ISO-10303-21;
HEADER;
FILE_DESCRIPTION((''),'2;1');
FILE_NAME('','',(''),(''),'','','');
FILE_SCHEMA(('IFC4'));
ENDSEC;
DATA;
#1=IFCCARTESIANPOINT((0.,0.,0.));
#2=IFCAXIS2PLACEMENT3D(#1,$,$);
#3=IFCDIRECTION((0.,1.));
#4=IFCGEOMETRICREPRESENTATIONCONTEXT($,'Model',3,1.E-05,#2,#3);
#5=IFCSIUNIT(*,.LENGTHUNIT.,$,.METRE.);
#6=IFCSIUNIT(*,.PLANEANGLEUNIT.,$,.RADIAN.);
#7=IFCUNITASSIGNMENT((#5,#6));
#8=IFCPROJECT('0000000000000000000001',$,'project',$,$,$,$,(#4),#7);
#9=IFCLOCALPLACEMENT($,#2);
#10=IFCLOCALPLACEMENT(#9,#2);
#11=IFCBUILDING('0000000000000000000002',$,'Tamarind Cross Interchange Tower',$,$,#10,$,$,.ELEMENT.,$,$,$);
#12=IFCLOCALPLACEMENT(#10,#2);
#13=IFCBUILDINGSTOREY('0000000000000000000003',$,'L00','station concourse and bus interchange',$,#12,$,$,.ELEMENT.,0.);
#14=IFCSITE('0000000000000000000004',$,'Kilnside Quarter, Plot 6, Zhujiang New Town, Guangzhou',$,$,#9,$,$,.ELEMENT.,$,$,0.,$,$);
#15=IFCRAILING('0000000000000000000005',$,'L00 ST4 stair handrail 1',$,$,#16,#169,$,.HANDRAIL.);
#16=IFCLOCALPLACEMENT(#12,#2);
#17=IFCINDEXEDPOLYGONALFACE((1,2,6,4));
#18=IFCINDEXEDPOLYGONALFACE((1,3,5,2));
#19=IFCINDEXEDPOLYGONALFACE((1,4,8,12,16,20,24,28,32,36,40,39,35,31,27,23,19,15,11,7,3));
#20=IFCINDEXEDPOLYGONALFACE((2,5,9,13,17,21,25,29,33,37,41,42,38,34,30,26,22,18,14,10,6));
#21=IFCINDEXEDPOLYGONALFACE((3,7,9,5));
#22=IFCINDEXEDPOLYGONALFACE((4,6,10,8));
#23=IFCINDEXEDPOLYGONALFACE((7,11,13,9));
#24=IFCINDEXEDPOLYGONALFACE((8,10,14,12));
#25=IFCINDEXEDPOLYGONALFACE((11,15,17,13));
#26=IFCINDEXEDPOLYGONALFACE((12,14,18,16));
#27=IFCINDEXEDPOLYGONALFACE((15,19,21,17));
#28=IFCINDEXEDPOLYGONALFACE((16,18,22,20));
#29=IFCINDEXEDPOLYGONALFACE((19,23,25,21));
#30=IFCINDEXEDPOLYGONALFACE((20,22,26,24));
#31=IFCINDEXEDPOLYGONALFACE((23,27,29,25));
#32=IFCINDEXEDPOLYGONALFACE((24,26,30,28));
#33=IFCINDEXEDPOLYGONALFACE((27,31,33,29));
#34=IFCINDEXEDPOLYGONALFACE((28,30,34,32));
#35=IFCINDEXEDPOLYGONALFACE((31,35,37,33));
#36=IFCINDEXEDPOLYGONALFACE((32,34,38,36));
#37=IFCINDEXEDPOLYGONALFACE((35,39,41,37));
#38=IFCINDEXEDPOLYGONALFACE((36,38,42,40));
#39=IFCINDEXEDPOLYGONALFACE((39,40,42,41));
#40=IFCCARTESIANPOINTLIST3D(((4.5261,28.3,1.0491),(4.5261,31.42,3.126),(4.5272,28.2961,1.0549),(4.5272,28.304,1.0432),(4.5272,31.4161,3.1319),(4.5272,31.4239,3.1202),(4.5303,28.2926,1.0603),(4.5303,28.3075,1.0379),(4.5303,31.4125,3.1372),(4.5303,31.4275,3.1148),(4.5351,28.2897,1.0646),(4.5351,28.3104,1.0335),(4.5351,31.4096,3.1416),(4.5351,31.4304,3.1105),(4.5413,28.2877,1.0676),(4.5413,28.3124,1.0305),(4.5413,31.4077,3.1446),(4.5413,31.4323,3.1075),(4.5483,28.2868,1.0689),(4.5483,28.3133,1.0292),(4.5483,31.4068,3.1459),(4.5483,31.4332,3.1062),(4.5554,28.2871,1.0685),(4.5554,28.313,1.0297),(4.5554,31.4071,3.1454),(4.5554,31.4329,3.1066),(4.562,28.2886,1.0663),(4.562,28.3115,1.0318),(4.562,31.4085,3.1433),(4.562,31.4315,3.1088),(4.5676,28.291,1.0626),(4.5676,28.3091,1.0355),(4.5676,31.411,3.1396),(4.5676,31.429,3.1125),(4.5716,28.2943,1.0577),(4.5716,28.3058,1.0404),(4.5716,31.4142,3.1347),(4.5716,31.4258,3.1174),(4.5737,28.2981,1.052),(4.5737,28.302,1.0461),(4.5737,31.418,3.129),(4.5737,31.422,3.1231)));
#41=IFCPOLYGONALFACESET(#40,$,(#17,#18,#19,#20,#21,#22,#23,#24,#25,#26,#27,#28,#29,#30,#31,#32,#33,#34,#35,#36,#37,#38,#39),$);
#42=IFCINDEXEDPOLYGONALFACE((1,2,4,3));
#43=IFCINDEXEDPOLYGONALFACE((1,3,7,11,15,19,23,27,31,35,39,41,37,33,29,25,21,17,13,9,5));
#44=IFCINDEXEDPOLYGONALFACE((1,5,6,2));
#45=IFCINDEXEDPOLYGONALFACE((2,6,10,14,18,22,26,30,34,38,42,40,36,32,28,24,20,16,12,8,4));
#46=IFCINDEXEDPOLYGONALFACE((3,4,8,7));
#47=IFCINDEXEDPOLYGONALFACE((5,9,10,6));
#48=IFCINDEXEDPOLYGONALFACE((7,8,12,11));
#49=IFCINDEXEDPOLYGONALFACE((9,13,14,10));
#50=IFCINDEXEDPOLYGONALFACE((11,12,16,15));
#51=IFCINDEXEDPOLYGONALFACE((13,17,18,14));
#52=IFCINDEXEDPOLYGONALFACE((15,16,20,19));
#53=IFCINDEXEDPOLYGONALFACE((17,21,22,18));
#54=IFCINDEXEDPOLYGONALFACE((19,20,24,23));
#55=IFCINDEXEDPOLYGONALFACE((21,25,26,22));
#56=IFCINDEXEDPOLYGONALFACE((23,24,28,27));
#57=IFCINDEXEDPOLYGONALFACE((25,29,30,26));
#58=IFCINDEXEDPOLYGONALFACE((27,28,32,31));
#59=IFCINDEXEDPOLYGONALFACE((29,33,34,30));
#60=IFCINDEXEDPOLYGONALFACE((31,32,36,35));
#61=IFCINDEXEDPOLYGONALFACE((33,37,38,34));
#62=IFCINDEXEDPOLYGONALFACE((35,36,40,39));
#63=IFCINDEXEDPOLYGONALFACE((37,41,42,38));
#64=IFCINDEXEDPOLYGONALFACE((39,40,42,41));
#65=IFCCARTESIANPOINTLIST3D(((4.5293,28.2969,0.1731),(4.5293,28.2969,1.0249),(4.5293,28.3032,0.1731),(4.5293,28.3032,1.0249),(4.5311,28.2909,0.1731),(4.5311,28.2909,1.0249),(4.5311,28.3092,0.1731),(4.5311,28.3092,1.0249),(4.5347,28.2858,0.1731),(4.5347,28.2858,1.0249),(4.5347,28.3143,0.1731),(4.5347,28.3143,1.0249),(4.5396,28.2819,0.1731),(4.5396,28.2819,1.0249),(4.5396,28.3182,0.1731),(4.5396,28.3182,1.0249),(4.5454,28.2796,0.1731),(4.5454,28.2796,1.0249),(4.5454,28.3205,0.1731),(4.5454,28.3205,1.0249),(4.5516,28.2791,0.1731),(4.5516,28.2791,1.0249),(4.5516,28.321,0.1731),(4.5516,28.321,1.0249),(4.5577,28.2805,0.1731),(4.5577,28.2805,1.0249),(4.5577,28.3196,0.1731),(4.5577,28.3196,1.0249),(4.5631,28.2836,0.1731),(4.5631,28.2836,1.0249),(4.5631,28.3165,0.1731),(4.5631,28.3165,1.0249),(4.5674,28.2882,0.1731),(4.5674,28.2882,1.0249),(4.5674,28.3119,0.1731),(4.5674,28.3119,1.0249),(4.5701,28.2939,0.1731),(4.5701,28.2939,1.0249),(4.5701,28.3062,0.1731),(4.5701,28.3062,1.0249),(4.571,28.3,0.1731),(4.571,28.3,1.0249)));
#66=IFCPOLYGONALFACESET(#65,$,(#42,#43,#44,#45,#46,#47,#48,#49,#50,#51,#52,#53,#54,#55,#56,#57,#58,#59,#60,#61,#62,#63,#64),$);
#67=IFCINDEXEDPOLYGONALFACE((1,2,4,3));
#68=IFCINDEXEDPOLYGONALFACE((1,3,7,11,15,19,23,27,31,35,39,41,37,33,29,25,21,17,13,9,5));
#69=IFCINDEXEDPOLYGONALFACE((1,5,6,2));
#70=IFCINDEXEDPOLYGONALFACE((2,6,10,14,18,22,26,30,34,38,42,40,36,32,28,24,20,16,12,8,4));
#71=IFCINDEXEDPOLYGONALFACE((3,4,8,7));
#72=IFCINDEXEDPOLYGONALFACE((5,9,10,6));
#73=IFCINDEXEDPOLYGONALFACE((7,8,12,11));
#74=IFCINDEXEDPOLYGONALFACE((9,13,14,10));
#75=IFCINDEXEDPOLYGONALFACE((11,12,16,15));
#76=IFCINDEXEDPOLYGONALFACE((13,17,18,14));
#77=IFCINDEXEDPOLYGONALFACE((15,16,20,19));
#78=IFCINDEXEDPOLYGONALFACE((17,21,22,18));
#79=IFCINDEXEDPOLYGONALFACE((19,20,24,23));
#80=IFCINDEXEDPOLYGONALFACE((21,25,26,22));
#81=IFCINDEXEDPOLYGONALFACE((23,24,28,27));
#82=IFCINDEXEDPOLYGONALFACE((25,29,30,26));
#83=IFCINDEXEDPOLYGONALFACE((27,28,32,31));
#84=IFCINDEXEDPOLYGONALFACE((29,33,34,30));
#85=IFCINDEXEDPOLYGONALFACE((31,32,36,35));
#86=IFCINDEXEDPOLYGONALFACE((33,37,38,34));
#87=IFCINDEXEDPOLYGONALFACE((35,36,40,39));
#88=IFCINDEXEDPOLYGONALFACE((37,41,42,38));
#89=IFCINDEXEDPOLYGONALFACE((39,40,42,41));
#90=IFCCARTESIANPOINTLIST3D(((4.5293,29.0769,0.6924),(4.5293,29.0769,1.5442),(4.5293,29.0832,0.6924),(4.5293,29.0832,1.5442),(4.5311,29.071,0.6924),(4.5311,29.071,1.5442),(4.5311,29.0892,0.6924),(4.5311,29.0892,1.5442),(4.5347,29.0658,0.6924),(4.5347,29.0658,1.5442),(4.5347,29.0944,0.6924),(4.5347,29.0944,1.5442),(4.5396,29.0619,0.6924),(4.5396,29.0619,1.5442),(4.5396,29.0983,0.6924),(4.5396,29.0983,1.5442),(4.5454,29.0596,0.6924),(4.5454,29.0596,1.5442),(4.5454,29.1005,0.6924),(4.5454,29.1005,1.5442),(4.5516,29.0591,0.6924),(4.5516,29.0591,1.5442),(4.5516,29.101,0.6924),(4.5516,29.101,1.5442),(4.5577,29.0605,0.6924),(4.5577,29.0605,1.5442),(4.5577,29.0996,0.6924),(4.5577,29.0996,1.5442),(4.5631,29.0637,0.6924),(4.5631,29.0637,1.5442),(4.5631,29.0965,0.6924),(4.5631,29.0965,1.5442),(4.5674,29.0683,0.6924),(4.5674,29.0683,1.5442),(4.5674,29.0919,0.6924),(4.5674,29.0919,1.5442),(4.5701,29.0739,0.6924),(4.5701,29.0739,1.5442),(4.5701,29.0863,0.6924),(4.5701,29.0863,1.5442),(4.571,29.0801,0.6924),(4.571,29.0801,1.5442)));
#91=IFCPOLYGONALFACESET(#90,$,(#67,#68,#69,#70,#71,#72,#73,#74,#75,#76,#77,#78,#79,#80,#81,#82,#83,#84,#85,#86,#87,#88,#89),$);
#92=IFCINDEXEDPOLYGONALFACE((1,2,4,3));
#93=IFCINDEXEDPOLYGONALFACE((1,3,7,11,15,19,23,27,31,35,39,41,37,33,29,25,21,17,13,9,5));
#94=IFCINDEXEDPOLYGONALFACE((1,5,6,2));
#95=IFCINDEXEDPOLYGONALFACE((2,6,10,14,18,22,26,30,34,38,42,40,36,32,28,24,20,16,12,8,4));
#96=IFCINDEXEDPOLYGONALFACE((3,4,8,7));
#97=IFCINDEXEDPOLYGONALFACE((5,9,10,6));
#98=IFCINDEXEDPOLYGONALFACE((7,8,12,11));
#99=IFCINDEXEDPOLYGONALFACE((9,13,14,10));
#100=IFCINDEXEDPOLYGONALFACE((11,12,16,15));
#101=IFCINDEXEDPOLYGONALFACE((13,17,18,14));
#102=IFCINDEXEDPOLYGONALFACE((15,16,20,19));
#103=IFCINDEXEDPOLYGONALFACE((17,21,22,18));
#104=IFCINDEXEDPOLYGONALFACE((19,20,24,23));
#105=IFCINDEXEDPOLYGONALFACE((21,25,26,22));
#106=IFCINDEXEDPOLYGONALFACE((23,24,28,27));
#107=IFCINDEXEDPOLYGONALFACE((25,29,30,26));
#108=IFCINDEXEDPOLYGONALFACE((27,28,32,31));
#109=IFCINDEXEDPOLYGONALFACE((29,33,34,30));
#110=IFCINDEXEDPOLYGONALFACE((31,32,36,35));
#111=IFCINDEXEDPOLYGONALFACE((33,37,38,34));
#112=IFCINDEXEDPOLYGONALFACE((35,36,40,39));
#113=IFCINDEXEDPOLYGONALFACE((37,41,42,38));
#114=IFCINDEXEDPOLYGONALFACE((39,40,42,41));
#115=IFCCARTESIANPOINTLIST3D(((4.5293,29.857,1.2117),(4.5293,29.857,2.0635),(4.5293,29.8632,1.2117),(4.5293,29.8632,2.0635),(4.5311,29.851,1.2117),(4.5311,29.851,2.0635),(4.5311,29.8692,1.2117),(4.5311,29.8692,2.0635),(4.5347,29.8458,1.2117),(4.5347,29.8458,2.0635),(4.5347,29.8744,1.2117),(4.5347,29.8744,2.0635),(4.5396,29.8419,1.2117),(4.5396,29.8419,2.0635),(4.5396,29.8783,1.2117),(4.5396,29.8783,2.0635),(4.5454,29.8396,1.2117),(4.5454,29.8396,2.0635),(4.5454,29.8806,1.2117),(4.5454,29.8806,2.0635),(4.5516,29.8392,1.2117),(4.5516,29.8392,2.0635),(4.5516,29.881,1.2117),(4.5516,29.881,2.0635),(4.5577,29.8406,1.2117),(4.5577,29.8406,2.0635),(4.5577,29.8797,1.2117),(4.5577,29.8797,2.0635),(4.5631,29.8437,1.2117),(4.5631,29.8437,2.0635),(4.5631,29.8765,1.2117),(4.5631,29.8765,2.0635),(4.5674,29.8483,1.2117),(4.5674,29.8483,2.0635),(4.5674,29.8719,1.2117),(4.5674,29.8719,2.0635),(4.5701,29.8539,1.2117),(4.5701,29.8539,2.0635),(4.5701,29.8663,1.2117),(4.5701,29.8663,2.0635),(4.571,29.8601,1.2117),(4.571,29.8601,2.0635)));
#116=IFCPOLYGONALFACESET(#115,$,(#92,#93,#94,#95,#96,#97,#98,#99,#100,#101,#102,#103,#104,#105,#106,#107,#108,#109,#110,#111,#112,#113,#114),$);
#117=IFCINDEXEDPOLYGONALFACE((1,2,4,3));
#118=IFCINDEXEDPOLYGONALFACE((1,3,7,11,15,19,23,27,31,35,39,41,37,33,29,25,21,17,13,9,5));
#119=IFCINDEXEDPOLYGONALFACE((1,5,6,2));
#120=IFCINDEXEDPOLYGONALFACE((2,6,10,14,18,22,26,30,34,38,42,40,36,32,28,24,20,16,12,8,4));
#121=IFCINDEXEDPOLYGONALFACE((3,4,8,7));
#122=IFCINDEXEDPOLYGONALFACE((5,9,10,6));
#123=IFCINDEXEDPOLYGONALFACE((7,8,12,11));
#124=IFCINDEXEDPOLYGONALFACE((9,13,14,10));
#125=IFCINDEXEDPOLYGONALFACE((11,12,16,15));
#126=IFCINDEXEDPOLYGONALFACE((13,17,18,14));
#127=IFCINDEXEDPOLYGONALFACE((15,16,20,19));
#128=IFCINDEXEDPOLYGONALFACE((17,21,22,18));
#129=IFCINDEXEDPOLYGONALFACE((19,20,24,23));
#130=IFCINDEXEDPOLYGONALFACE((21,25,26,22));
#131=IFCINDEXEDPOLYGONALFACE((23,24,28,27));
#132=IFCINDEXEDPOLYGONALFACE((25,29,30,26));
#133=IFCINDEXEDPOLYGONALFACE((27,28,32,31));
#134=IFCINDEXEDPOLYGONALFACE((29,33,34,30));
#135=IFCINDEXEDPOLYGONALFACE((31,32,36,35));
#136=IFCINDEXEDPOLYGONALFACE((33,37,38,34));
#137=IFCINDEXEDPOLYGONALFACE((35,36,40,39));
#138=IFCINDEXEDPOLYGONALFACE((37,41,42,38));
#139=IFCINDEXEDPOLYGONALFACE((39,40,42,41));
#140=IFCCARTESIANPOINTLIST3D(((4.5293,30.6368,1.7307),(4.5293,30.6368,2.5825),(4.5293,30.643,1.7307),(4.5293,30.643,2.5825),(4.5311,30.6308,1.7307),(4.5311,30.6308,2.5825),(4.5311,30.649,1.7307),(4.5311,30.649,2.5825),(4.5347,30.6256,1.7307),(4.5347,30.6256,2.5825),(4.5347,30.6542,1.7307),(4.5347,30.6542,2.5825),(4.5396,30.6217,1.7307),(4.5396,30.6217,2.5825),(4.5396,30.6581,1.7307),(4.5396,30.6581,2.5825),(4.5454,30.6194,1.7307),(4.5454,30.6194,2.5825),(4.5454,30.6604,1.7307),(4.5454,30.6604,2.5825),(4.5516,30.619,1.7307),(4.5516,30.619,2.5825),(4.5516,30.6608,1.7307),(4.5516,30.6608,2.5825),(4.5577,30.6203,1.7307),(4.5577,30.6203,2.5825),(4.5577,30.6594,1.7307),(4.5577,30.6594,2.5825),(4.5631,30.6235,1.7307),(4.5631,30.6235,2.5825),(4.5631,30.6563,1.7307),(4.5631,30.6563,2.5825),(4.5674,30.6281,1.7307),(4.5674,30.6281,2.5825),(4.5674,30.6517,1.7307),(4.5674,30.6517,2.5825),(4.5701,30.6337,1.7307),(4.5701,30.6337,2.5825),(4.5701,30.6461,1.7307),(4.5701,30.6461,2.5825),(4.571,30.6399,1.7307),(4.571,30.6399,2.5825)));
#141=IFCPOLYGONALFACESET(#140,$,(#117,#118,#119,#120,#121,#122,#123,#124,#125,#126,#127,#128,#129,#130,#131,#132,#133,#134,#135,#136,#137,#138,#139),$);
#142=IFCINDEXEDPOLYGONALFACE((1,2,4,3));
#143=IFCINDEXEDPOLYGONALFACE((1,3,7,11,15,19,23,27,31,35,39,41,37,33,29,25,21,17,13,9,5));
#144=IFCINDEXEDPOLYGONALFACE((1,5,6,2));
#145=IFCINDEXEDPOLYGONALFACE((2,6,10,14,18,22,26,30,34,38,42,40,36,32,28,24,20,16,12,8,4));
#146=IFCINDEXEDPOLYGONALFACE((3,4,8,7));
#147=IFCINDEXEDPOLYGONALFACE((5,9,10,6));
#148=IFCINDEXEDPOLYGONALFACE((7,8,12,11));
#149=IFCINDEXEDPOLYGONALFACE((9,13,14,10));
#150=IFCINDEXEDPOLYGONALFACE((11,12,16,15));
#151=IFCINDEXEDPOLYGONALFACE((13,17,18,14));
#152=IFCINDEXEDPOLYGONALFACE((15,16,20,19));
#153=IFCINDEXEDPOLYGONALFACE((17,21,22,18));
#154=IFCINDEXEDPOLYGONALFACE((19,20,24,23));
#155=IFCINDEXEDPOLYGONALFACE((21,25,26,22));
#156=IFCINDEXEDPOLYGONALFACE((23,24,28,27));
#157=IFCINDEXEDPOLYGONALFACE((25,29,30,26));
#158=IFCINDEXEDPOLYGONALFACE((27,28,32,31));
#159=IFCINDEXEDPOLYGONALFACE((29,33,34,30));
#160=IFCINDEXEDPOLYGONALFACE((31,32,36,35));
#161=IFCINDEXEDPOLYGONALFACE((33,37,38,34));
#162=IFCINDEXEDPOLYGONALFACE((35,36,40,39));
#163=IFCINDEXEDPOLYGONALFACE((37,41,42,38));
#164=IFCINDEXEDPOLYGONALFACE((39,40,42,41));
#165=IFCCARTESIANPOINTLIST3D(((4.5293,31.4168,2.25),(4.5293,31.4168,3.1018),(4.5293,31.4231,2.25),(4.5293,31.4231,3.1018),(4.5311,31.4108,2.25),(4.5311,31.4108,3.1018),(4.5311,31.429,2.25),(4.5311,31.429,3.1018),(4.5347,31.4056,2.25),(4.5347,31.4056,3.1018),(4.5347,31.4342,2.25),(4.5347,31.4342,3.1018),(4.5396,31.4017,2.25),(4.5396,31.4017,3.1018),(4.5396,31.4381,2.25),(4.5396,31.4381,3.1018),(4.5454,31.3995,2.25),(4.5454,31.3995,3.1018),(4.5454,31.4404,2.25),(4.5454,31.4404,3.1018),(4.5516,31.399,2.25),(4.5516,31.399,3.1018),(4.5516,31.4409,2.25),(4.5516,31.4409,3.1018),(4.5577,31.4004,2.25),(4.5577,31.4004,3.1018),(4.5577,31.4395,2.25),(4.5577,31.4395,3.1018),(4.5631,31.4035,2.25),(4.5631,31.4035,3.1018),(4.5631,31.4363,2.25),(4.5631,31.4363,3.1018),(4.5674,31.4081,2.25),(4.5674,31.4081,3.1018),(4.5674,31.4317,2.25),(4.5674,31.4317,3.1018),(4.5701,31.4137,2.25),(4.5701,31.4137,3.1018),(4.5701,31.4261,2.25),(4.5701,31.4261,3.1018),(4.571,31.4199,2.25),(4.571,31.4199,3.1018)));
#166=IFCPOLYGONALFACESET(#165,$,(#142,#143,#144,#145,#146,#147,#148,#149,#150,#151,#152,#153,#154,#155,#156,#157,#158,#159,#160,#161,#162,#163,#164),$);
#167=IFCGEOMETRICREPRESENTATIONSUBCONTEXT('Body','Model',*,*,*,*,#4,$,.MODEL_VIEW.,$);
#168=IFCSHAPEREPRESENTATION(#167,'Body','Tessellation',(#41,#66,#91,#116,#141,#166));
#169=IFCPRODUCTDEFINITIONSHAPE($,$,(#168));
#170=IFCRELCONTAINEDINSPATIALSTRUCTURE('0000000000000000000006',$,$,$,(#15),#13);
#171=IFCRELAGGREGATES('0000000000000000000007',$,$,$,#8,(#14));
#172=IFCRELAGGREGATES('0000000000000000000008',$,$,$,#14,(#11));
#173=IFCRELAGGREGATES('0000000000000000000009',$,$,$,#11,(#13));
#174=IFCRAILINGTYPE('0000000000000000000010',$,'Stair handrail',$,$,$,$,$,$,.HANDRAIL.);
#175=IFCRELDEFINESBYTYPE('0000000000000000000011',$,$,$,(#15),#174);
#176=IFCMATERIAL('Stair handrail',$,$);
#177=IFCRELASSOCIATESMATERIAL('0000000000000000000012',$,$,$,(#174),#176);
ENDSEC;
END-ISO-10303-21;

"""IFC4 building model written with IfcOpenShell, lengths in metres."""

from ifc_helpers import new_model, si_unit, direction, frame, origin, origin_2d, place, context, subcontext, project, spatial, circle, extrude, material, type_object, element, save


model = new_model("IFC4")

# Units and contexts
model_context = context("Model", 3, precision=1e-05, world=origin(), true_north=direction((0.0, 1.0)))
body_context = subcontext(model_context, "Body", "Model", "MODEL_VIEW")
ifc_project = project(units=[si_unit("LENGTHUNIT", "METRE"), si_unit("PLANEANGLEUNIT", "RADIAN")], contexts=[model_context])

# Site, building, storey
site_placement = place(None, origin())
site = spatial("IfcSite", under=ifc_project, at=site_placement, Name="Kilnside Quarter, Plot 6, Zhujiang New Town, Guangzhou", CompositionType="ELEMENT", RefElevation=0.0)
building_placement = place(site_placement, origin())
building = spatial("IfcBuilding", under=site, at=building_placement, Name="Tamarind Cross Interchange Tower", CompositionType="ELEMENT")
storey_placement = place(building_placement, origin())
storey = spatial("IfcBuildingStorey", under=building, at=storey_placement, Name="L00", Description="station concourse and bus interchange", CompositionType="ELEMENT", Elevation=0.0)

# Railing
ifc_material_1 = material(Name="Stair handrail")
railing_type_1 = type_object("IfcRailingType", Name="Stair handrail", PredefinedType="HANDRAIL", material=ifc_material_1)
railing_1_placement = place(storey_placement, frame((4.55, 28.3, 0.1731)))
element("IfcRailing", 1, at=railing_1_placement, inside=storey, type_object=railing_type_1, Name="L00 ST4 stair handrail 1", PredefinedType="HANDRAIL", context=body_context, shape_type="SweptSolid", body=[
    extrude(circle(Radius=0.0239, at=origin_2d()), frame((0.0, 0.0, 0.876), z_axis=(0.0, 0.832421, 0.554144), x_axis=(-1.0, 0.0, 0.0)), (0.0, 0.0, 1.0), 3.748),
    extrude(circle(Radius=0.021, at=origin_2d()), origin(), (0.0, 0.0, 1.0), 0.8518),
    extrude(circle(Radius=0.021, at=origin_2d()), frame((0.0, 0.78, 0.5193)), (0.0, 0.0, 1.0), 0.8518),
    extrude(circle(Radius=0.021, at=origin_2d()), frame((0.0, 1.5601, 1.0386)), (0.0, 0.0, 1.0), 0.8518),
    extrude(circle(Radius=0.021, at=origin_2d()), frame((0.0, 2.3398, 1.5576)), (0.0, 0.0, 1.0), 0.8518),
    extrude(circle(Radius=0.021, at=origin_2d()), frame((0.0, 3.1199, 2.0769)), (0.0, 0.0, 1.0), 0.8518),
])

save(model, "model.ifc")
